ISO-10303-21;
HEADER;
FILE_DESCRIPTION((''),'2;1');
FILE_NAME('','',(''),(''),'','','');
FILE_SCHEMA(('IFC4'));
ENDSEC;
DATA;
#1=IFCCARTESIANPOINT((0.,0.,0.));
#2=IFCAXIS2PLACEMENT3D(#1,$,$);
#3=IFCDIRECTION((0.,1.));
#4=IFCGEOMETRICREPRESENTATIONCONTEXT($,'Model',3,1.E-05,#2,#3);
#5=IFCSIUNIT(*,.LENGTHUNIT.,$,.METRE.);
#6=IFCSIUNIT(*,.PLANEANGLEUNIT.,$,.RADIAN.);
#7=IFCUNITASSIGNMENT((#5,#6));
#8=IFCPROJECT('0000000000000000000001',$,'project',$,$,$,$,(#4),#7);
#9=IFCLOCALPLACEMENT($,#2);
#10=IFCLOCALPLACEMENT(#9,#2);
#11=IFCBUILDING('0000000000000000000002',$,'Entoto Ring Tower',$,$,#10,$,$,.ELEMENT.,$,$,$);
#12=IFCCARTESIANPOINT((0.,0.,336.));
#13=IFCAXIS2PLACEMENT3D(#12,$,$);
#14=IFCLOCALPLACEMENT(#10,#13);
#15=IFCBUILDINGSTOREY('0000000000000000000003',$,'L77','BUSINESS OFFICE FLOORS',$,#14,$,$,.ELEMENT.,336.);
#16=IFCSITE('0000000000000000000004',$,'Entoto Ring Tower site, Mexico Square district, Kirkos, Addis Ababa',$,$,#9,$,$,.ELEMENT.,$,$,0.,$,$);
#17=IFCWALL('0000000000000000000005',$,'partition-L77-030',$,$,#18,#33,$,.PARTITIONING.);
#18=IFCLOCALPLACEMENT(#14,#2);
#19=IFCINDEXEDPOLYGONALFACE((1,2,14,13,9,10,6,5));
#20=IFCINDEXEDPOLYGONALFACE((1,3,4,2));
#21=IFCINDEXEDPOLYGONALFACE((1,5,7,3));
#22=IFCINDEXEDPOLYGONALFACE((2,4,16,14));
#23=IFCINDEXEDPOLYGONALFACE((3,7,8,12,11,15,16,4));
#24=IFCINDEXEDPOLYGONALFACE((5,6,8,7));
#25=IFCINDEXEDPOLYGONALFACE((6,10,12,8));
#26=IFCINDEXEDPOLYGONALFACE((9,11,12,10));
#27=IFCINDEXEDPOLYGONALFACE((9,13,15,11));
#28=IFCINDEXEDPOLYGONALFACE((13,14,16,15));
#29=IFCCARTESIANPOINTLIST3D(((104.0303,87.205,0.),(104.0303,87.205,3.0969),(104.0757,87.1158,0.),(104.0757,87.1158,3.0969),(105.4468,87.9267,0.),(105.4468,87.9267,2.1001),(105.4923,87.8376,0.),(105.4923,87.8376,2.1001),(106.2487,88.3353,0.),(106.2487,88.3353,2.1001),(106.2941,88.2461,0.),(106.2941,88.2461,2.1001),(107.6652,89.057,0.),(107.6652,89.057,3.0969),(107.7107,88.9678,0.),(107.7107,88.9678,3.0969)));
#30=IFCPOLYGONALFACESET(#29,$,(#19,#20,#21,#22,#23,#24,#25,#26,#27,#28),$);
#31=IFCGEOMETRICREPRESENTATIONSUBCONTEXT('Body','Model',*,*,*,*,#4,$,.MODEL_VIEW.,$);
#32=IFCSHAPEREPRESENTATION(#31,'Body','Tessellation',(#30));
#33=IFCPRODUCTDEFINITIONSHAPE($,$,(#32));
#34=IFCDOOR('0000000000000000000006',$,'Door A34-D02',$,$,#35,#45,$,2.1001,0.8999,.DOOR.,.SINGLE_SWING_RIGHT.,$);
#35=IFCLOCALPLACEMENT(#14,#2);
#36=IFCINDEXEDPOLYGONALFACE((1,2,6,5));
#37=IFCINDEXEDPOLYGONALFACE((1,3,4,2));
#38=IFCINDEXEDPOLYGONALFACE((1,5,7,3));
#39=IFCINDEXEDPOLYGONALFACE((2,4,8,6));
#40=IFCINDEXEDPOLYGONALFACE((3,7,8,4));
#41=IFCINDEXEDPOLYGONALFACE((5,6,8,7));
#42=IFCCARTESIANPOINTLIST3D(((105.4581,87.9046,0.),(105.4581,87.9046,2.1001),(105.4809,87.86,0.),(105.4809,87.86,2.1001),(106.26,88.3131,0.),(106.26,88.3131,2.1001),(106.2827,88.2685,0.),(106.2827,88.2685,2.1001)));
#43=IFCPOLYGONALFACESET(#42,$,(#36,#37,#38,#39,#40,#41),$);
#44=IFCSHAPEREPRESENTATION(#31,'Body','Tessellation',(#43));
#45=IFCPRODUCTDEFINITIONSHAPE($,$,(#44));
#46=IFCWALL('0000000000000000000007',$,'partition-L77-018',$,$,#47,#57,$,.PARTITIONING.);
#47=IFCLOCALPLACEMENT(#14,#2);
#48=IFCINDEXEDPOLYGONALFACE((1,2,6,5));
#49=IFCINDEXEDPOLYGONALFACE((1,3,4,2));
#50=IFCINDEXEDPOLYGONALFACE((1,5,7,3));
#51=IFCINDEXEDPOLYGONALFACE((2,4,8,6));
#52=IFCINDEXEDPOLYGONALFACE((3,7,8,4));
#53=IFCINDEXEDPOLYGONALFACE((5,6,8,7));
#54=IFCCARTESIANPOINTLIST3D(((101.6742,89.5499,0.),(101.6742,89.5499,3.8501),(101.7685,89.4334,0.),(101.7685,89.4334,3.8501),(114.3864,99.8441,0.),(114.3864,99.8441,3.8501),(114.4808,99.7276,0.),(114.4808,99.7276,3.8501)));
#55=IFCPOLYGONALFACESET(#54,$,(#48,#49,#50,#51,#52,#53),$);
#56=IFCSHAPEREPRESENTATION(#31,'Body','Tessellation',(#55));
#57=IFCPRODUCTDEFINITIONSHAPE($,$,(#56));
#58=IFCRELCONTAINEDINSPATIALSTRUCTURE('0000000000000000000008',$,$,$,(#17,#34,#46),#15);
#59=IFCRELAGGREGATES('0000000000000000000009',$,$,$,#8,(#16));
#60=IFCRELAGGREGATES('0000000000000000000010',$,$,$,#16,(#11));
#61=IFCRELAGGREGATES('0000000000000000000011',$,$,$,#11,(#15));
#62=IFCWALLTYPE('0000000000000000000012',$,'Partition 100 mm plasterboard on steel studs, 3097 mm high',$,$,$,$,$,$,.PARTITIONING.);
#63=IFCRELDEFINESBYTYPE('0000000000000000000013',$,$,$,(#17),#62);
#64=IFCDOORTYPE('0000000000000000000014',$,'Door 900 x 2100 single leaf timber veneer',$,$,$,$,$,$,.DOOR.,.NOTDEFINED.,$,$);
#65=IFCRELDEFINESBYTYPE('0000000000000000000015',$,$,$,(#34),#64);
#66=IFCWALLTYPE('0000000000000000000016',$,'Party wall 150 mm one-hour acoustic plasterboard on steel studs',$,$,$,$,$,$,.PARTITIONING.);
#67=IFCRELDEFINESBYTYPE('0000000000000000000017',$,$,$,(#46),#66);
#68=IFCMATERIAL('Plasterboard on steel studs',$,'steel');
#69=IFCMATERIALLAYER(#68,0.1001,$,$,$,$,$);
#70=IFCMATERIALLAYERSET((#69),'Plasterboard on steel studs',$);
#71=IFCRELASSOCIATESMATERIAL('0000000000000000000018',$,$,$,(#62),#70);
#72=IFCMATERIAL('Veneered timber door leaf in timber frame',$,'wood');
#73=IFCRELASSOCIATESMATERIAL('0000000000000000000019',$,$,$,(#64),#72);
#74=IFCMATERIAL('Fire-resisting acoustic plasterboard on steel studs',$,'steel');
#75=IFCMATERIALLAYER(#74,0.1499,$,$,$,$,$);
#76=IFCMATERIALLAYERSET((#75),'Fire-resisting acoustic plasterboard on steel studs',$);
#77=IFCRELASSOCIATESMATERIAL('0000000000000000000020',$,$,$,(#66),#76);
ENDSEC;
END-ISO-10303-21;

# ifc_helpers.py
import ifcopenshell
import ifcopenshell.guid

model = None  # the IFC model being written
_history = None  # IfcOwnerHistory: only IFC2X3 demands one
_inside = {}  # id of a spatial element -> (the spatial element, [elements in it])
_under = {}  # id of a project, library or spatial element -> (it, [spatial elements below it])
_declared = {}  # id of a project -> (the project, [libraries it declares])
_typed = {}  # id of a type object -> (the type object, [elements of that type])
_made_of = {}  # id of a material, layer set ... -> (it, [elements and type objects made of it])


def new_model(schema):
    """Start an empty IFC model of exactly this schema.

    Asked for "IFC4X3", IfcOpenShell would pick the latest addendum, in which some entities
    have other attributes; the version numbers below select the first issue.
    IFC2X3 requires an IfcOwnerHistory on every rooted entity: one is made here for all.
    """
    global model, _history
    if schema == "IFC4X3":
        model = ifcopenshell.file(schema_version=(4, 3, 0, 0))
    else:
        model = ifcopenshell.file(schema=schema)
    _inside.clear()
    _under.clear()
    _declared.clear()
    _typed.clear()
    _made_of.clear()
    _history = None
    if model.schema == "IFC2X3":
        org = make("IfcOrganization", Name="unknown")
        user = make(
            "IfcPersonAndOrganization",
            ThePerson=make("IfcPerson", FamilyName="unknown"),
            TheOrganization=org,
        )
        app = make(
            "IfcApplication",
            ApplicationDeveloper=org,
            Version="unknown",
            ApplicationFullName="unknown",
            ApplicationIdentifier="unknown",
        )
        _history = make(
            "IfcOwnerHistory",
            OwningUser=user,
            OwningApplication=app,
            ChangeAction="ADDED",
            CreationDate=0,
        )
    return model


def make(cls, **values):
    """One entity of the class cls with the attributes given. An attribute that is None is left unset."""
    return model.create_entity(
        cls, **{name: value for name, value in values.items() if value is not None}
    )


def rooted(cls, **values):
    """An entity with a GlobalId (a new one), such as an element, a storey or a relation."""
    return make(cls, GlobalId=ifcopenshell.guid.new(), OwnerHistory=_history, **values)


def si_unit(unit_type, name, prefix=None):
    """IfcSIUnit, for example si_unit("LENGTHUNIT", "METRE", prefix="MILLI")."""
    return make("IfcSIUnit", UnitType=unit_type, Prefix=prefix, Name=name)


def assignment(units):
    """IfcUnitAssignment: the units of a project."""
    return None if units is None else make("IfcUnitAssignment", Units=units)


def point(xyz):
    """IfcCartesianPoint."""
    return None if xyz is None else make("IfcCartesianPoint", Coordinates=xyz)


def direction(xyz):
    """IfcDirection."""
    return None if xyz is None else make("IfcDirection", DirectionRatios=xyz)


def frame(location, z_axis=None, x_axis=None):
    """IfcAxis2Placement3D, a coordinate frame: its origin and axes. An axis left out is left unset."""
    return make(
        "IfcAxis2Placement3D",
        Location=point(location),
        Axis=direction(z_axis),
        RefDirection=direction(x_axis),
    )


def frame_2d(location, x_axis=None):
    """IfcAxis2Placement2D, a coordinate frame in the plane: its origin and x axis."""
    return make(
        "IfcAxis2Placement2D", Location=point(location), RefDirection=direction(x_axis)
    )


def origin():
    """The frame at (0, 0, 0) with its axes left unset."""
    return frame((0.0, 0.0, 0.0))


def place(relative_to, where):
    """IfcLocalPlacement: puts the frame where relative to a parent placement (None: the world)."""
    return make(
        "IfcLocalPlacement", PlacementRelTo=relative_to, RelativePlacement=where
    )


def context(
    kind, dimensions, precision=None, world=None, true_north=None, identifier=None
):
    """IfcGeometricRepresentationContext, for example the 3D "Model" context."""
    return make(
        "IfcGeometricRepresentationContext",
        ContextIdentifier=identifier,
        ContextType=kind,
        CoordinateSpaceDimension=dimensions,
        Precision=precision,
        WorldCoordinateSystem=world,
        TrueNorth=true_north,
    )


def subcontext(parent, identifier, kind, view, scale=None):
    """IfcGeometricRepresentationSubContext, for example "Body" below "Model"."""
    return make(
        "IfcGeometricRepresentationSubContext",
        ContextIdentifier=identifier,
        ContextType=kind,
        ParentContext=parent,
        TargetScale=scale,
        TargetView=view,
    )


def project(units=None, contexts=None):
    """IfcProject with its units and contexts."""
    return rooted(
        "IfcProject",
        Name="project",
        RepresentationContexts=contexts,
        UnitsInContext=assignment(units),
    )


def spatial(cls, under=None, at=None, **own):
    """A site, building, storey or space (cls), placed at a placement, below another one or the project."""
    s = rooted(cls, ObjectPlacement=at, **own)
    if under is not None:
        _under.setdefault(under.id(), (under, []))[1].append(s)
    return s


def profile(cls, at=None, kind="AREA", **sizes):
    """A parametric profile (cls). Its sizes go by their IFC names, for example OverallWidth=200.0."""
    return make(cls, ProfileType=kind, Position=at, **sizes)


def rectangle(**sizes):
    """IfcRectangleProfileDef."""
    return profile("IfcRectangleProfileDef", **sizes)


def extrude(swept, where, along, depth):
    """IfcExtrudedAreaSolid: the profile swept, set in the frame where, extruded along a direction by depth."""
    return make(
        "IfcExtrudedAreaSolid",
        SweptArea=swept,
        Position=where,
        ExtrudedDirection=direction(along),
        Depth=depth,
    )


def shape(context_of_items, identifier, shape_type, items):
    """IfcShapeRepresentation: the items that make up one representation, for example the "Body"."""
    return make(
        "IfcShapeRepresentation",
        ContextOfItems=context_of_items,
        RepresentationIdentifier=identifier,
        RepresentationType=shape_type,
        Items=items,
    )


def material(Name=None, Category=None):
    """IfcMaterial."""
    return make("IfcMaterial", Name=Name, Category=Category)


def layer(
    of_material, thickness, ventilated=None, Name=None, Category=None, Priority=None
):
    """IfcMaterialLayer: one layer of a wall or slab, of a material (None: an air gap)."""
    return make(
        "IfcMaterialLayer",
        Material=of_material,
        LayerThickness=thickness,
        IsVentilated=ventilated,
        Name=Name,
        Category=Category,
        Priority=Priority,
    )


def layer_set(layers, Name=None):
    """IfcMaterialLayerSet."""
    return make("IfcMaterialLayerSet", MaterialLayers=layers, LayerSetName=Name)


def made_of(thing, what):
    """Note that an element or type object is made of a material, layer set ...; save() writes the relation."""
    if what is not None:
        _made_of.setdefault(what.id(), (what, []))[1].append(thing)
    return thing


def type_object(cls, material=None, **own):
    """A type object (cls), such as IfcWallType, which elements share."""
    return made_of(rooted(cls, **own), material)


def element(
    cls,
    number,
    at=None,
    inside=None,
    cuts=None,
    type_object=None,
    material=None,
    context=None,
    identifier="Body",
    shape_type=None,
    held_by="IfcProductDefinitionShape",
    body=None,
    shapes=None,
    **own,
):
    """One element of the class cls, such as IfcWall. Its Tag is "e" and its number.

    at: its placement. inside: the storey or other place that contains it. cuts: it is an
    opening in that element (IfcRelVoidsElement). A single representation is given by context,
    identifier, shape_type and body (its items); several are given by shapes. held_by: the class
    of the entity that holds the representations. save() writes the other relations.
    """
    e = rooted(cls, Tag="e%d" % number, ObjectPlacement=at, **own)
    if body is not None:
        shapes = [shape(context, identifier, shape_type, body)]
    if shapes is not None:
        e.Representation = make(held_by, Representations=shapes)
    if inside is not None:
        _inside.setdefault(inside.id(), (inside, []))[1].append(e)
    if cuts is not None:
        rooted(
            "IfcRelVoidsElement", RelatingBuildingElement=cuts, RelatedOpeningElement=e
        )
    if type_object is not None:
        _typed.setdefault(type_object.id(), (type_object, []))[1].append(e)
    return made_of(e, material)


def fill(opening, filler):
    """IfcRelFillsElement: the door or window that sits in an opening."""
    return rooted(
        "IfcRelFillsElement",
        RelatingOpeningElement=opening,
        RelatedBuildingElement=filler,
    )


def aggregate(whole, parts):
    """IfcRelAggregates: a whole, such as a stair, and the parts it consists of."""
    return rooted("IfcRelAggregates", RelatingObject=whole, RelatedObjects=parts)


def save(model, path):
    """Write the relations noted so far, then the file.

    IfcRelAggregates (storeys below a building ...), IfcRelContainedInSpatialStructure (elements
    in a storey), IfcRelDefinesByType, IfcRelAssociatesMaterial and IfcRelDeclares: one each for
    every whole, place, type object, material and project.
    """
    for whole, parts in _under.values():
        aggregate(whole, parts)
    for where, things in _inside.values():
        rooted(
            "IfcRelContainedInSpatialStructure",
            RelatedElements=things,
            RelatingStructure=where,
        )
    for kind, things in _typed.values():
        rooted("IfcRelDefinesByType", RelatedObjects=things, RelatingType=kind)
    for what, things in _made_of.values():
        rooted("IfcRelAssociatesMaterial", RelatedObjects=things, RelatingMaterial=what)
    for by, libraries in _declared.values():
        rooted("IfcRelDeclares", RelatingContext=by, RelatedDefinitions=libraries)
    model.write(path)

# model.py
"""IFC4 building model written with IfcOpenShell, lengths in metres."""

from ifc_helpers import new_model, si_unit, direction, frame, frame_2d, origin, place, context, subcontext, project, spatial, rectangle, extrude, material, layer, layer_set, type_object, element, fill, save


model = new_model("IFC4")

# Units and contexts
model_context = context("Model", 3, precision=1e-05, world=origin(), true_north=direction((0.0, 1.0)))
body_context = subcontext(model_context, "Body", "Model", "MODEL_VIEW")
ifc_project = project(units=[si_unit("LENGTHUNIT", "METRE"), si_unit("PLANEANGLEUNIT", "RADIAN")], contexts=[model_context])

# Site, building, storey
site_placement = place(None, origin())
site = spatial("IfcSite", under=ifc_project, at=site_placement, Name="Entoto Ring Tower site, Mexico Square district, Kirkos, Addis Ababa", CompositionType="ELEMENT", RefElevation=0.0)
building_placement = place(site_placement, origin())
building = spatial("IfcBuilding", under=site, at=building_placement, Name="Entoto Ring Tower", CompositionType="ELEMENT")
storey_placement = place(building_placement, frame((0.0, 0.0, 336.0)))
storey = spatial("IfcBuildingStorey", under=building, at=storey_placement, Name="L77", Description="BUSINESS OFFICE FLOORS", CompositionType="ELEMENT", Elevation=336.0)

# Wall, opening, door
ifc_material_1 = material(Name="Plasterboard on steel studs", Category="steel")
ifc_layer_1 = layer(ifc_material_1, 0.1001)
ifc_layer_set_1 = layer_set([ifc_layer_1], Name="Plasterboard on steel studs")
wall_type_1 = type_object("IfcWallType", Name="Partition 100 mm plasterboard on steel studs, 3097 mm high", PredefinedType="PARTITIONING", material=ifc_layer_set_1)
wall_1_placement = place(storey_placement, frame((104.053, 87.1604, 0.0), z_axis=(0.0, 0.0, 1.0), x_axis=(0.891014, 0.453975, 0.0)))
wall_1 = element("IfcWall", 1, at=wall_1_placement, inside=storey, type_object=wall_type_1, Name="partition-L77-030", PredefinedType="PARTITIONING", context=body_context, shape_type="SweptSolid", body=[
    extrude(rectangle(XDim=4.0796, YDim=0.1001, at=frame_2d((2.0398, 0.0))), origin(), (0.0, 0.0, 1.0), 3.0969),
])
opening_1_placement = place(wall_1_placement, frame((1.5898, 0.0, 0.0)))
opening_1 = element("IfcOpeningElement", 2, at=opening_1_placement, cuts=wall_1, PredefinedType="OPENING", context=body_context, shape_type="SweptSolid", body=[
    extrude(rectangle(XDim=0.8999, YDim=2.1001, at=frame_2d((0.45, 1.05))), frame((0.0, 0.0601, 0.0), z_axis=(0.0, -1.0, 0.0), x_axis=(1.0, 0.0, 0.0)), (0.0, 0.0, 1.0), 0.1201),
])
ifc_material_2 = material(Name="Veneered timber door leaf in timber frame", Category="wood")
door_type_1 = type_object("IfcDoorType", Name="Door 900 x 2100 single leaf timber veneer", OperationType="NOTDEFINED", PredefinedType="DOOR", material=ifc_material_2)
door_1_placement = place(opening_1_placement, frame((0.8999, 0.0, 0.0), z_axis=(0.0, 0.0, 1.0), x_axis=(-1.0, 0.0, 0.0)))
door_1 = element("IfcDoor", 3, at=door_1_placement, inside=storey, type_object=door_type_1, Name="Door A34-D02", OperationType="SINGLE_SWING_RIGHT", OverallHeight=2.1001, OverallWidth=0.8999, PredefinedType="DOOR", context=body_context, shape_type="SweptSolid", body=[
    extrude(rectangle(XDim=0.8999, YDim=2.1001, at=frame_2d((0.45, 1.05))), frame((0.0, 0.0249, 0.0), z_axis=(0.0, -1.0, 0.0), x_axis=(1.0, 0.0, 0.0)), (0.0, 0.0, 1.0), 0.05),
])
fill(opening_1, door_1)

# Wall
ifc_material_3 = material(Name="Fire-resisting acoustic plasterboard on steel studs", Category="steel")
ifc_layer_2 = layer(ifc_material_3, 0.1499)
ifc_layer_set_2 = layer_set([ifc_layer_2], Name="Fire-resisting acoustic plasterboard on steel studs")
wall_type_2 = type_object("IfcWallType", Name="Party wall 150 mm one-hour acoustic plasterboard on steel studs", PredefinedType="PARTITIONING", material=ifc_layer_set_2)
wall_2_placement = place(storey_placement, frame((101.7214, 89.4917, 0.0), z_axis=(0.0, 0.0, 1.0), x_axis=(0.777143, 0.629324, 0.0)))
element("IfcWall", 4, at=wall_2_placement, inside=storey, type_object=wall_type_2, Name="partition-L77-018", PredefinedType="PARTITIONING", context=body_context, shape_type="SweptSolid", body=[
    extrude(rectangle(XDim=16.3577, YDim=0.1499, at=frame_2d((8.1787, 0.0))), origin(), (0.0, 0.0, 1.0), 3.8501),
])

save(model, "model.ifc")
